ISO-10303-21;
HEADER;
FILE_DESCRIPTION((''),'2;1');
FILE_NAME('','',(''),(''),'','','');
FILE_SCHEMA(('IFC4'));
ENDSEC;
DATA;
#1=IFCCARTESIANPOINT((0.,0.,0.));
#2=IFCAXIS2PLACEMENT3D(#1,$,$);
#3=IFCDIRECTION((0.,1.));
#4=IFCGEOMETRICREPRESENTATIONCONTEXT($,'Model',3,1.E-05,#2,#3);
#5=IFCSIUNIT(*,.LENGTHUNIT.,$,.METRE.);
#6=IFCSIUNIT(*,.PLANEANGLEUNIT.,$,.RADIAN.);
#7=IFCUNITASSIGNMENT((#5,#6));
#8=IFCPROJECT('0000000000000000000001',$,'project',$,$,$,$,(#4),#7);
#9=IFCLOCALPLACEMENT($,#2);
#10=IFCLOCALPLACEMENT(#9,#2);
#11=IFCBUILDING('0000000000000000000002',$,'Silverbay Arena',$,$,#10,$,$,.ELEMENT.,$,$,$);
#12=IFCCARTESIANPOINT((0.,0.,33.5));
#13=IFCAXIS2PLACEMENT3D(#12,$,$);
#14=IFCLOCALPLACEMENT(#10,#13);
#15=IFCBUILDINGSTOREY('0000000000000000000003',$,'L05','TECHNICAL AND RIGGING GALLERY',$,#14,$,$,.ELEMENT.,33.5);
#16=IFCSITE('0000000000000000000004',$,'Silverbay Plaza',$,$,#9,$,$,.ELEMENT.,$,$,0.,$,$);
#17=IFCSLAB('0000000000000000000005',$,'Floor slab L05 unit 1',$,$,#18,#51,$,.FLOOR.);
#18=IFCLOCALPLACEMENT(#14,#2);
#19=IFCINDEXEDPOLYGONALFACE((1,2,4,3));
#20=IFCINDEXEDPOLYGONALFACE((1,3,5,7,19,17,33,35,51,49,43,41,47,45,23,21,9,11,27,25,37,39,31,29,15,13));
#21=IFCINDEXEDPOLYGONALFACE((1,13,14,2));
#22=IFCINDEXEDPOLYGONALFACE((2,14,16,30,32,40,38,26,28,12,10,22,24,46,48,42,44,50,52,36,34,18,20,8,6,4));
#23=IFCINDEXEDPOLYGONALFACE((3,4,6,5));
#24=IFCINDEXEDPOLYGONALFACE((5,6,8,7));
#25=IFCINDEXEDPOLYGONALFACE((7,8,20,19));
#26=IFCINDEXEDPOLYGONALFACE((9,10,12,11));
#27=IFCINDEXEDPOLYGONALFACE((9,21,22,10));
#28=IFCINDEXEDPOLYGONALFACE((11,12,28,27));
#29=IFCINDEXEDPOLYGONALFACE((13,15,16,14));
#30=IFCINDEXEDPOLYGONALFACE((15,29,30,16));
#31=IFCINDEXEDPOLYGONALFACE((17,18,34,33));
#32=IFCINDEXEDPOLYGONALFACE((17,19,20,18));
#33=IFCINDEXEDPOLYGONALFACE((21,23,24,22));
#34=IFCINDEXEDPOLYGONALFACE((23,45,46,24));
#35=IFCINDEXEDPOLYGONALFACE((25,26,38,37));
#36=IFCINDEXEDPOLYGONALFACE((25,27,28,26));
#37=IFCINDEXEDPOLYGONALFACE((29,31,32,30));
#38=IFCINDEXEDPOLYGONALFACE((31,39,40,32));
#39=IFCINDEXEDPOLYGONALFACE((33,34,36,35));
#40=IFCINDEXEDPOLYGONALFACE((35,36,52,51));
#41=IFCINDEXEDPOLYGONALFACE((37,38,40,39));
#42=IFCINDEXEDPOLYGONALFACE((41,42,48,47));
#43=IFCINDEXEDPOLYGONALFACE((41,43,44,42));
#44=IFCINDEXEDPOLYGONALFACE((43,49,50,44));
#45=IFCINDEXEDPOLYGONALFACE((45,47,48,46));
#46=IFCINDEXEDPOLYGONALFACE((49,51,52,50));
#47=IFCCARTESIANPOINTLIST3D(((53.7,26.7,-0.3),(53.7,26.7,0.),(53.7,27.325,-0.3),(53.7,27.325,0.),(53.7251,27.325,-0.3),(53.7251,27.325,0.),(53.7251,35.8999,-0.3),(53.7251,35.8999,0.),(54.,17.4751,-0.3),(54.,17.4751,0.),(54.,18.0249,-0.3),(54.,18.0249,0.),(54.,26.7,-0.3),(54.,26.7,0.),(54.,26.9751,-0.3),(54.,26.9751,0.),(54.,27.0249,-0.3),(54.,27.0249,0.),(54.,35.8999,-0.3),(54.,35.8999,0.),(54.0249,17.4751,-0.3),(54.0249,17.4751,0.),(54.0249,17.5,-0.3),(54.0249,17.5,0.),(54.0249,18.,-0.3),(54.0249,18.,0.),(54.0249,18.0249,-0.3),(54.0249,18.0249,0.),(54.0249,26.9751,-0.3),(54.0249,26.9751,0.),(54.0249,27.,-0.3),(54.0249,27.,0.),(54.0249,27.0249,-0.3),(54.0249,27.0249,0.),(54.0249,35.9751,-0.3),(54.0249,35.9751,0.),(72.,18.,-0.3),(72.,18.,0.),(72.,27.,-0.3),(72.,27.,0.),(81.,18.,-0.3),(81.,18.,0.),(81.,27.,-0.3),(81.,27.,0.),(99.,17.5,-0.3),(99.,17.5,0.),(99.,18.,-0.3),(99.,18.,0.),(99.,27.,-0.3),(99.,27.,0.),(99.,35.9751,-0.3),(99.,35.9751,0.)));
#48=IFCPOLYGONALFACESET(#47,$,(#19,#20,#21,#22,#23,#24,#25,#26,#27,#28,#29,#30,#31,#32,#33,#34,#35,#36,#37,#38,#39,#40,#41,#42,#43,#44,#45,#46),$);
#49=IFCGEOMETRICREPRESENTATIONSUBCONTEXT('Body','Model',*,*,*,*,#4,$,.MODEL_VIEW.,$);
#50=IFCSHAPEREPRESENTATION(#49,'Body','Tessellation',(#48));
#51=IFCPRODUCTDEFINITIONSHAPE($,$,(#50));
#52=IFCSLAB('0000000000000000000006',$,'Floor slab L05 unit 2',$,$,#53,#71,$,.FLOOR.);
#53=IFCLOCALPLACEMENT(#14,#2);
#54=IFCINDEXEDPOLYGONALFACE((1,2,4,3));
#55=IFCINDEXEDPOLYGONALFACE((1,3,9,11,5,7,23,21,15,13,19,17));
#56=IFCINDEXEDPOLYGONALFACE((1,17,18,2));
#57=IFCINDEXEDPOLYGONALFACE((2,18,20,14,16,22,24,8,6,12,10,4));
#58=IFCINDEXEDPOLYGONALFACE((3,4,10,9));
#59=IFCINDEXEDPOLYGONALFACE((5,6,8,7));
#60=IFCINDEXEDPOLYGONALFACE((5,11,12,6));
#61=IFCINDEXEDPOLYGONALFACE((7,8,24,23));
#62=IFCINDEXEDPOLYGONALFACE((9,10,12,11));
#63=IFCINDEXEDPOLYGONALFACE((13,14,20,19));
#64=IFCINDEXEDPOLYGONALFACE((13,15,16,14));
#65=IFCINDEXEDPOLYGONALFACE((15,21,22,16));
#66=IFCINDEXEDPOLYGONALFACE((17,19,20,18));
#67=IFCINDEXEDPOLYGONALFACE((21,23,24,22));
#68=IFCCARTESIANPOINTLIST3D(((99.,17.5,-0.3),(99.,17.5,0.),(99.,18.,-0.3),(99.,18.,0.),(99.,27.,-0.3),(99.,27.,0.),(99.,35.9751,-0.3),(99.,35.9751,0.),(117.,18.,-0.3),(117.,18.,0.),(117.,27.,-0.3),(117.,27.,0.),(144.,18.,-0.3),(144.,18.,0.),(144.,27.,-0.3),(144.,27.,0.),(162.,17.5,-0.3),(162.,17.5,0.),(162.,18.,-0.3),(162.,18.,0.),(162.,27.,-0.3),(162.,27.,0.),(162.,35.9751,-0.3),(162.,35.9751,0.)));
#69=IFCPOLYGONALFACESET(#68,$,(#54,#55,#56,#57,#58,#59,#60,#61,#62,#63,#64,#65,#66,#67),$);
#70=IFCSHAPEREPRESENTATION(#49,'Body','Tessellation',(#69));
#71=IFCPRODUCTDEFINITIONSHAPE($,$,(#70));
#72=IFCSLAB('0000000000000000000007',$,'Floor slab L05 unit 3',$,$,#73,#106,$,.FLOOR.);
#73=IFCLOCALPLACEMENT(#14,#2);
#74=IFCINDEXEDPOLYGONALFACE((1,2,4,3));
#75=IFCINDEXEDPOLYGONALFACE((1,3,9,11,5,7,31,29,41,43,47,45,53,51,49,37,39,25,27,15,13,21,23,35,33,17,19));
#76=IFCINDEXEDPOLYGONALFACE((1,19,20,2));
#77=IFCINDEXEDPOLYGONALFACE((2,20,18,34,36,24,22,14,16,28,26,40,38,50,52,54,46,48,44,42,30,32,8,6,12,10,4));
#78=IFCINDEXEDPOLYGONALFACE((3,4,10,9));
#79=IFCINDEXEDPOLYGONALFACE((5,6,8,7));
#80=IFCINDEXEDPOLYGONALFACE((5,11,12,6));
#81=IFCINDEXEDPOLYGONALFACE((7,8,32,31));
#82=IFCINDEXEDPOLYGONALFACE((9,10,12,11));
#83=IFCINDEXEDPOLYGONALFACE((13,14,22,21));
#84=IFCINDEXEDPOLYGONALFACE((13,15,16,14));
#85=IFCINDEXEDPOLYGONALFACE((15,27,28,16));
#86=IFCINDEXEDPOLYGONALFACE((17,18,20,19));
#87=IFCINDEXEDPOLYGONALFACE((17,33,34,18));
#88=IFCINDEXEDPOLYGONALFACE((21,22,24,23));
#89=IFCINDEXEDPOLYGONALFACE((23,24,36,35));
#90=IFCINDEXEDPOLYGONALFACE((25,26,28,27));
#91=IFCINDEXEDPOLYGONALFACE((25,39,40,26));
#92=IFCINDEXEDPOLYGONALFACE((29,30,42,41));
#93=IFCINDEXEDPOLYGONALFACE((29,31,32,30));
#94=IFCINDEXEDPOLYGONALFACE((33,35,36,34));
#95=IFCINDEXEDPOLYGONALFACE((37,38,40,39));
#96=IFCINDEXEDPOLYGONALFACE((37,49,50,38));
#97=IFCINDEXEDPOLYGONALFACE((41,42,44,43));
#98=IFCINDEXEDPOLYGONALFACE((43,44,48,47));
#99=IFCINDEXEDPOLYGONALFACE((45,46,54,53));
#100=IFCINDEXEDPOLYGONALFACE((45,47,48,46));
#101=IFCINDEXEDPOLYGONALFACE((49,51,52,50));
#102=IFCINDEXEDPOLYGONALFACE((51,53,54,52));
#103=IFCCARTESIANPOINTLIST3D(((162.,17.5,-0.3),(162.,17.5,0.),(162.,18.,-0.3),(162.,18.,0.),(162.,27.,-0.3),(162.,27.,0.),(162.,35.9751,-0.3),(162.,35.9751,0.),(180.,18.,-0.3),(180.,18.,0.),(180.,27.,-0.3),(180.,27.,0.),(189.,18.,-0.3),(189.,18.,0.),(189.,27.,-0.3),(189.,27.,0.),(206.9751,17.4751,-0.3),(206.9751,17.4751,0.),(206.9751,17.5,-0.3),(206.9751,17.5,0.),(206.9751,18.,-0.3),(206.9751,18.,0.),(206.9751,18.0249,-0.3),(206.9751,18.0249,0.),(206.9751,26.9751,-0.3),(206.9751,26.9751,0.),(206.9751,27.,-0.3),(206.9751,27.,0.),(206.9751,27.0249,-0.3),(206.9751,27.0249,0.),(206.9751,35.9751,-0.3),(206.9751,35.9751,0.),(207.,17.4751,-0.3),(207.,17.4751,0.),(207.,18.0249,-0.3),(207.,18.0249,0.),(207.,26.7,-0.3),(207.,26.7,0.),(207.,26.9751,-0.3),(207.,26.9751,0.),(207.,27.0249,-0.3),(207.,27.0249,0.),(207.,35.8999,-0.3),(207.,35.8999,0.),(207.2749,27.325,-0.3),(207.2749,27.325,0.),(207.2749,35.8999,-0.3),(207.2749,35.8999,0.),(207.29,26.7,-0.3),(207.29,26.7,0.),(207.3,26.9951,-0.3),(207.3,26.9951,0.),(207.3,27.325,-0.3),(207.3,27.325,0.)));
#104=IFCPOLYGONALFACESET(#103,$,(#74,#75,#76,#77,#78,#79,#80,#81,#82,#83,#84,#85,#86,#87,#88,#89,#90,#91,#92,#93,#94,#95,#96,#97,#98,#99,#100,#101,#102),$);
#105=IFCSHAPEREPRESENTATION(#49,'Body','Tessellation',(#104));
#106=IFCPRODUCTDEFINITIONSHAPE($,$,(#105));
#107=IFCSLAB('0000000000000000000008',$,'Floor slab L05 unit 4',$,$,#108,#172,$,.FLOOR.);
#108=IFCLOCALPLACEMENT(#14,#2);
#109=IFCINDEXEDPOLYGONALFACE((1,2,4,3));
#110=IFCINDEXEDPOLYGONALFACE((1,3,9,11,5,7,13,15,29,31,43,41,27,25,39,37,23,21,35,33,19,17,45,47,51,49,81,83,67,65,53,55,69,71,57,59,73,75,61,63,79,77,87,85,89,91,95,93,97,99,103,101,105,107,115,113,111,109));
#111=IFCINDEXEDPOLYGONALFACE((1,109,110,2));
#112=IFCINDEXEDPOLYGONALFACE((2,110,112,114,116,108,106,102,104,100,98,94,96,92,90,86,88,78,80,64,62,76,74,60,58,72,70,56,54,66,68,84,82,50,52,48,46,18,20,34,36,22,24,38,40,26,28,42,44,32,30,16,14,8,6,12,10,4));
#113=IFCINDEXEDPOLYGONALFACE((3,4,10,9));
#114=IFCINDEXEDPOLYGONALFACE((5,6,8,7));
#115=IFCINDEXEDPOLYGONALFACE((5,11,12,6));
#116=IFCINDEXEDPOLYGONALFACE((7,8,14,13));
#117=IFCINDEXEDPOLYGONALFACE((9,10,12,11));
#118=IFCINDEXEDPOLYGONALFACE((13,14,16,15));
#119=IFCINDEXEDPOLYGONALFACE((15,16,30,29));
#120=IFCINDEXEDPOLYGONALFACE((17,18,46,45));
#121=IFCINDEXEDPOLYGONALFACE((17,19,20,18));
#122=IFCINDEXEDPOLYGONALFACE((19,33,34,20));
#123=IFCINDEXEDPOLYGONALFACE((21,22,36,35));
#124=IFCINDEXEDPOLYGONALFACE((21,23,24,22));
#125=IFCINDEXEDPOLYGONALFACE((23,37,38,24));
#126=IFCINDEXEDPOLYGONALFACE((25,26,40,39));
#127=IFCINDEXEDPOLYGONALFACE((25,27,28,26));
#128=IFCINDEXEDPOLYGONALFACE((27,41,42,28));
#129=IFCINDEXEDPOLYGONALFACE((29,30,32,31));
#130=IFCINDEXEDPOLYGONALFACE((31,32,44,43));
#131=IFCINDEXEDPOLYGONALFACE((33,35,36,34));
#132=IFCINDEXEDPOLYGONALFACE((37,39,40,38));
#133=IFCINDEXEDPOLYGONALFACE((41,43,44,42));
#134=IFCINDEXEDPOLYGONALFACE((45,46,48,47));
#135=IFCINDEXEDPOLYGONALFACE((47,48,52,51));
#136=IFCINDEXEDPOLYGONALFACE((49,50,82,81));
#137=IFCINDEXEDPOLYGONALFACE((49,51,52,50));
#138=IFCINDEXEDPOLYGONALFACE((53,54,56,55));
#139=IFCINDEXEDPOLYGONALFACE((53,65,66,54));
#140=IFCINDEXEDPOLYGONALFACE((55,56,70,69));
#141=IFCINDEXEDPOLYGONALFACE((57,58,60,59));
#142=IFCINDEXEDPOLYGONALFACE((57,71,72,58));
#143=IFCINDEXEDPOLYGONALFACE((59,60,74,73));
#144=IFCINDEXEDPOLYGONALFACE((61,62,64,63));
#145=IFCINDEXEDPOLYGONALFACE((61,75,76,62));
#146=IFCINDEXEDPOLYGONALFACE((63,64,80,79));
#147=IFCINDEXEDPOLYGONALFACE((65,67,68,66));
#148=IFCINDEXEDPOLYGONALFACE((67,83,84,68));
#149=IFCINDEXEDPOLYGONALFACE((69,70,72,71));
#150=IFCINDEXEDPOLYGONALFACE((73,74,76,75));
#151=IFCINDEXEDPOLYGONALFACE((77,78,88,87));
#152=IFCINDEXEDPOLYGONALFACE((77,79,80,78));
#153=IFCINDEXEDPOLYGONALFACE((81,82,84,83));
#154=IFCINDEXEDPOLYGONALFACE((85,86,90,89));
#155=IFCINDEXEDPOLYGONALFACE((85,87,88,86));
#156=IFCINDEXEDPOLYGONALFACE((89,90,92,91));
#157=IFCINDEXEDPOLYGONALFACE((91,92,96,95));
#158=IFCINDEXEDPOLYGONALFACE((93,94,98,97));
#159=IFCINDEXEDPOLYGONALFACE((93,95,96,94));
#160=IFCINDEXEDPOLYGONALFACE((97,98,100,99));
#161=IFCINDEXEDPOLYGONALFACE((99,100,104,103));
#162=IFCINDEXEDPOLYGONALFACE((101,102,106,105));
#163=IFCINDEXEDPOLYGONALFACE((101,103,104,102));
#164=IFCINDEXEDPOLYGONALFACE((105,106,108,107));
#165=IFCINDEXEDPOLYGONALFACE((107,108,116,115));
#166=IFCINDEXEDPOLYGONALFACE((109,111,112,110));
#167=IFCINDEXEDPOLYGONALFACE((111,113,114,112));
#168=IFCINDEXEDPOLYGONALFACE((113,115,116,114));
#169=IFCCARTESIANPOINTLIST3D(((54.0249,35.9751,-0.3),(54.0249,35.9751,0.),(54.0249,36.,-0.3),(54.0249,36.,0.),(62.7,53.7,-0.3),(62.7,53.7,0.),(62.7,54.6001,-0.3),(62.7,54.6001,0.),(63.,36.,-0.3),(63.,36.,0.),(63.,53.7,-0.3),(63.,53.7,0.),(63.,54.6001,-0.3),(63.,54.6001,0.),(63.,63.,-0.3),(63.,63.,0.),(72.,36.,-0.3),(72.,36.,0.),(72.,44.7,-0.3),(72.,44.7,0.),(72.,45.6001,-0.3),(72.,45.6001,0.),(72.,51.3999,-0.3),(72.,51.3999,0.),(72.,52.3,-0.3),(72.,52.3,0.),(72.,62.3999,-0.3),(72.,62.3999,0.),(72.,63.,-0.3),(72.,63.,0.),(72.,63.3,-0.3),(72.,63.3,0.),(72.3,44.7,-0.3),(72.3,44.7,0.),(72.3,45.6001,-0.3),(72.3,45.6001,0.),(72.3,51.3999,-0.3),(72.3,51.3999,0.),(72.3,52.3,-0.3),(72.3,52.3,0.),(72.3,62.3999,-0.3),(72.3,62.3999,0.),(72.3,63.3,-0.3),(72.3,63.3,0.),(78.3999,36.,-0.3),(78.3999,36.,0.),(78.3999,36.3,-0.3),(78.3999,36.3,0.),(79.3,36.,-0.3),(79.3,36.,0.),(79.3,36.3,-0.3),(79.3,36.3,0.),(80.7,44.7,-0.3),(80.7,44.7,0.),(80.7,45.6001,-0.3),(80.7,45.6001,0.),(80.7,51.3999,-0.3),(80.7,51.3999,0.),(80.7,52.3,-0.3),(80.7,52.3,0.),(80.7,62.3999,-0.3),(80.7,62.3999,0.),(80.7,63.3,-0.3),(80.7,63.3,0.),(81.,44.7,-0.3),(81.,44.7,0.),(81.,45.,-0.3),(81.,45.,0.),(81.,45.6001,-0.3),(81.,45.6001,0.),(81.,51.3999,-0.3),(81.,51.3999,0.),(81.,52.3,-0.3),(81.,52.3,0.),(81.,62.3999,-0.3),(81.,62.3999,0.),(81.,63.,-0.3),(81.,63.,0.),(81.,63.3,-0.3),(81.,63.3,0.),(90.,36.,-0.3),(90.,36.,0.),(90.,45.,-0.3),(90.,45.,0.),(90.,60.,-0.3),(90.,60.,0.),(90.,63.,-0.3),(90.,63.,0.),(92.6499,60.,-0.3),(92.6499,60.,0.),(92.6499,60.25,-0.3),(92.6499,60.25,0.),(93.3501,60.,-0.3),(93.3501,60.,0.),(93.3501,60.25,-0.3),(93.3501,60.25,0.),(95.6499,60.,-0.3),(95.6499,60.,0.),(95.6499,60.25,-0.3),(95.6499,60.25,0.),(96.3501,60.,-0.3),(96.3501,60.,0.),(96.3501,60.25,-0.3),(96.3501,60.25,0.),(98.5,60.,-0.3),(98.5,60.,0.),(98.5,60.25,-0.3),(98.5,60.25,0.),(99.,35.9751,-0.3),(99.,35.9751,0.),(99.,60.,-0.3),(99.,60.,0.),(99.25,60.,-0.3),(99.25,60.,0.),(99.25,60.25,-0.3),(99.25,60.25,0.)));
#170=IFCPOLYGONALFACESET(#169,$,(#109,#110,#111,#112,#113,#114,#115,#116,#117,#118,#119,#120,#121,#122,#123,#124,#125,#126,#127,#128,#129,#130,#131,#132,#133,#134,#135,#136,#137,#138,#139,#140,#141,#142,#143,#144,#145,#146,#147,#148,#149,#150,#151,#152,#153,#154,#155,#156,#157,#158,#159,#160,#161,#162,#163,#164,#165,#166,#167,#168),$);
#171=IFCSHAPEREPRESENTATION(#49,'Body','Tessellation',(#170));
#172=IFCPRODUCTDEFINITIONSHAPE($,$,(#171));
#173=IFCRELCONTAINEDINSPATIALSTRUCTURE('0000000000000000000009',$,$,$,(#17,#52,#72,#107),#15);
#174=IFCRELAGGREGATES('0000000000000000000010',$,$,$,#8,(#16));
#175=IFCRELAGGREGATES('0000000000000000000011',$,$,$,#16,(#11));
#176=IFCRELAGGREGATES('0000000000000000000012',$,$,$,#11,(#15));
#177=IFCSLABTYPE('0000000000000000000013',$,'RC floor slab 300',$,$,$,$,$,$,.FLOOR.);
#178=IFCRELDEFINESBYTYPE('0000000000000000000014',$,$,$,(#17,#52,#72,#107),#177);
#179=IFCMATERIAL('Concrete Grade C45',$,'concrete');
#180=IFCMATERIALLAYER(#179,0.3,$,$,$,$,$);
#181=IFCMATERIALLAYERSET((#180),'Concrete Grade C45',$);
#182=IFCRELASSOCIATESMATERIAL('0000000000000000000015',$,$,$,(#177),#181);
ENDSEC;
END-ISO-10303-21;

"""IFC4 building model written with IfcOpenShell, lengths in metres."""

from ifc_helpers import new_model, si_unit, direction, frame, origin, place, context, subcontext, project, spatial, polyline, outline, extrude, material, layer, layer_set, type_object, element, save


model = new_model("IFC4")

# Units and contexts
model_context = context("Model", 3, precision=1e-05, world=origin(), true_north=direction((0.0, 1.0)))
body_context = subcontext(model_context, "Body", "Model", "MODEL_VIEW")
ifc_project = project(units=[si_unit("LENGTHUNIT", "METRE"), si_unit("PLANEANGLEUNIT", "RADIAN")], contexts=[model_context])

# Site, building, storey
site_placement = place(None, origin())
site = spatial("IfcSite", under=ifc_project, at=site_placement, Name="Silverbay Plaza", CompositionType="ELEMENT", RefElevation=0.0)
building_placement = place(site_placement, origin())
building = spatial("IfcBuilding", under=site, at=building_placement, Name="Silverbay Arena", CompositionType="ELEMENT")
storey_placement = place(building_placement, frame((0.0, 0.0, 33.5)))
storey = spatial("IfcBuildingStorey", under=building, at=storey_placement, Name="L05", Description="TECHNICAL AND RIGGING GALLERY", CompositionType="ELEMENT", Elevation=33.5)

# Slabs
ifc_material_1 = material(Name="Concrete Grade C45", Category="concrete")
ifc_layer_1 = layer(ifc_material_1, 0.3)
ifc_layer_set_1 = layer_set([ifc_layer_1], Name="Concrete Grade C45")
slab_type_1 = type_object("IfcSlabType", Name="RC floor slab 300", PredefinedType="FLOOR", material=ifc_layer_set_1)
slab_1_placement = place(storey_placement, frame((0.0, 0.0, -0.3)))
element("IfcSlab", 1, at=slab_1_placement, inside=storey, type_object=slab_type_1, Name="Floor slab L05 unit 1", PredefinedType="FLOOR", context=body_context, shape_type="SweptSolid", body=[
    extrude(outline(polyline([(54.0, 18.0249), (54.0249, 18.0249), (54.0249, 18.0), (72.0, 18.0), (72.0, 27.0), (54.0249, 27.0), (54.0249, 26.9751), (54.0, 26.9751), (54.0, 26.7), (53.7, 26.7), (53.7, 27.325), (53.7251, 27.325), (53.7251, 35.8999), (54.0, 35.8999), (54.0, 27.0249), (54.0249, 27.0249), (54.0249, 35.9751), (99.0, 35.9751), (99.0, 27.0), (81.0, 27.0), (81.0, 18.0), (99.0, 18.0), (99.0, 17.5), (54.0249, 17.5), (54.0249, 17.4751), (54.0, 17.4751), (54.0, 18.0249)])), origin(), (0.0, 0.0, 1.0), 0.3),
])
slab_2_placement = place(storey_placement, frame((0.0, 0.0, -0.3)))
element("IfcSlab", 2, at=slab_2_placement, inside=storey, type_object=slab_type_1, Name="Floor slab L05 unit 2", PredefinedType="FLOOR", context=body_context, shape_type="SweptSolid", body=[
    extrude(outline(polyline([(117.0, 18.0), (117.0, 27.0), (99.0, 27.0), (99.0, 35.9751), (162.0, 35.9751), (162.0, 27.0), (144.0, 27.0), (144.0, 18.0), (162.0, 18.0), (162.0, 17.5), (99.0, 17.5), (99.0, 18.0), (117.0, 18.0)])), origin(), (0.0, 0.0, 1.0), 0.3),
])
slab_3_placement = place(storey_placement, frame((0.0, 0.0, -0.3)))
element("IfcSlab", 3, at=slab_3_placement, inside=storey, type_object=slab_type_1, Name="Floor slab L05 unit 3", PredefinedType="FLOOR", context=body_context, shape_type="SweptSolid", body=[
    extrude(outline(polyline([(207.0, 17.4751), (206.9751, 17.4751), (206.9751, 17.5), (162.0, 17.5), (162.0, 18.0), (180.0, 18.0), (180.0, 27.0), (162.0, 27.0), (162.0, 35.9751), (206.9751, 35.9751), (206.9751, 27.0249), (207.0, 27.0249), (207.0, 35.8999), (207.2749, 35.8999), (207.2749, 27.325), (207.3, 27.325), (207.3, 26.9951), (207.29, 26.7), (207.0, 26.7), (207.0, 26.9751), (206.9751, 26.9751), (206.9751, 27.0), (189.0, 27.0), (189.0, 18.0), (206.9751, 18.0), (206.9751, 18.0249), (207.0, 18.0249), (207.0, 17.4751)])), origin(), (0.0, 0.0, 1.0), 0.3),
])
slab_4_placement = place(storey_placement, frame((0.0, 0.0, -0.3)))
element("IfcSlab", 4, at=slab_4_placement, inside=storey, type_object=slab_type_1, Name="Floor slab L05 unit 4", PredefinedType="FLOOR", context=body_context, shape_type="SweptSolid", body=[
    extrude(outline(polyline([(54.0249, 35.9751), (54.0249, 36.0), (63.0, 36.0), (63.0, 53.7), (62.7, 53.7), (62.7, 54.6001), (63.0, 54.6001), (63.0, 63.0), (72.0, 63.0), (72.0, 63.3), (72.3, 63.3), (72.3, 62.3999), (72.0, 62.3999), (72.0, 52.3), (72.3, 52.3), (72.3, 51.3999), (72.0, 51.3999), (72.0, 45.6001), (72.3, 45.6001), (72.3, 44.7), (72.0, 44.7), (72.0, 36.0), (78.3999, 36.0), (78.3999, 36.3), (79.3, 36.3), (79.3, 36.0), (90.0, 36.0), (90.0, 45.0), (81.0, 45.0), (81.0, 44.7), (80.7, 44.7), (80.7, 45.6001), (81.0, 45.6001), (81.0, 51.3999), (80.7, 51.3999), (80.7, 52.3), (81.0, 52.3), (81.0, 62.3999), (80.7, 62.3999), (80.7, 63.3), (81.0, 63.3), (81.0, 63.0), (90.0, 63.0), (90.0, 60.0), (92.6499, 60.0), (92.6499, 60.25), (93.3501, 60.25), (93.3501, 60.0), (95.6499, 60.0), (95.6499, 60.25), (96.3501, 60.25), (96.3501, 60.0), (98.5, 60.0), (98.5, 60.25), (99.25, 60.25), (99.25, 60.0), (99.0, 60.0), (99.0, 35.9751), (54.0249, 35.9751)])), origin(), (0.0, 0.0, 1.0), 0.3),
])

save(model, "model.ifc")
